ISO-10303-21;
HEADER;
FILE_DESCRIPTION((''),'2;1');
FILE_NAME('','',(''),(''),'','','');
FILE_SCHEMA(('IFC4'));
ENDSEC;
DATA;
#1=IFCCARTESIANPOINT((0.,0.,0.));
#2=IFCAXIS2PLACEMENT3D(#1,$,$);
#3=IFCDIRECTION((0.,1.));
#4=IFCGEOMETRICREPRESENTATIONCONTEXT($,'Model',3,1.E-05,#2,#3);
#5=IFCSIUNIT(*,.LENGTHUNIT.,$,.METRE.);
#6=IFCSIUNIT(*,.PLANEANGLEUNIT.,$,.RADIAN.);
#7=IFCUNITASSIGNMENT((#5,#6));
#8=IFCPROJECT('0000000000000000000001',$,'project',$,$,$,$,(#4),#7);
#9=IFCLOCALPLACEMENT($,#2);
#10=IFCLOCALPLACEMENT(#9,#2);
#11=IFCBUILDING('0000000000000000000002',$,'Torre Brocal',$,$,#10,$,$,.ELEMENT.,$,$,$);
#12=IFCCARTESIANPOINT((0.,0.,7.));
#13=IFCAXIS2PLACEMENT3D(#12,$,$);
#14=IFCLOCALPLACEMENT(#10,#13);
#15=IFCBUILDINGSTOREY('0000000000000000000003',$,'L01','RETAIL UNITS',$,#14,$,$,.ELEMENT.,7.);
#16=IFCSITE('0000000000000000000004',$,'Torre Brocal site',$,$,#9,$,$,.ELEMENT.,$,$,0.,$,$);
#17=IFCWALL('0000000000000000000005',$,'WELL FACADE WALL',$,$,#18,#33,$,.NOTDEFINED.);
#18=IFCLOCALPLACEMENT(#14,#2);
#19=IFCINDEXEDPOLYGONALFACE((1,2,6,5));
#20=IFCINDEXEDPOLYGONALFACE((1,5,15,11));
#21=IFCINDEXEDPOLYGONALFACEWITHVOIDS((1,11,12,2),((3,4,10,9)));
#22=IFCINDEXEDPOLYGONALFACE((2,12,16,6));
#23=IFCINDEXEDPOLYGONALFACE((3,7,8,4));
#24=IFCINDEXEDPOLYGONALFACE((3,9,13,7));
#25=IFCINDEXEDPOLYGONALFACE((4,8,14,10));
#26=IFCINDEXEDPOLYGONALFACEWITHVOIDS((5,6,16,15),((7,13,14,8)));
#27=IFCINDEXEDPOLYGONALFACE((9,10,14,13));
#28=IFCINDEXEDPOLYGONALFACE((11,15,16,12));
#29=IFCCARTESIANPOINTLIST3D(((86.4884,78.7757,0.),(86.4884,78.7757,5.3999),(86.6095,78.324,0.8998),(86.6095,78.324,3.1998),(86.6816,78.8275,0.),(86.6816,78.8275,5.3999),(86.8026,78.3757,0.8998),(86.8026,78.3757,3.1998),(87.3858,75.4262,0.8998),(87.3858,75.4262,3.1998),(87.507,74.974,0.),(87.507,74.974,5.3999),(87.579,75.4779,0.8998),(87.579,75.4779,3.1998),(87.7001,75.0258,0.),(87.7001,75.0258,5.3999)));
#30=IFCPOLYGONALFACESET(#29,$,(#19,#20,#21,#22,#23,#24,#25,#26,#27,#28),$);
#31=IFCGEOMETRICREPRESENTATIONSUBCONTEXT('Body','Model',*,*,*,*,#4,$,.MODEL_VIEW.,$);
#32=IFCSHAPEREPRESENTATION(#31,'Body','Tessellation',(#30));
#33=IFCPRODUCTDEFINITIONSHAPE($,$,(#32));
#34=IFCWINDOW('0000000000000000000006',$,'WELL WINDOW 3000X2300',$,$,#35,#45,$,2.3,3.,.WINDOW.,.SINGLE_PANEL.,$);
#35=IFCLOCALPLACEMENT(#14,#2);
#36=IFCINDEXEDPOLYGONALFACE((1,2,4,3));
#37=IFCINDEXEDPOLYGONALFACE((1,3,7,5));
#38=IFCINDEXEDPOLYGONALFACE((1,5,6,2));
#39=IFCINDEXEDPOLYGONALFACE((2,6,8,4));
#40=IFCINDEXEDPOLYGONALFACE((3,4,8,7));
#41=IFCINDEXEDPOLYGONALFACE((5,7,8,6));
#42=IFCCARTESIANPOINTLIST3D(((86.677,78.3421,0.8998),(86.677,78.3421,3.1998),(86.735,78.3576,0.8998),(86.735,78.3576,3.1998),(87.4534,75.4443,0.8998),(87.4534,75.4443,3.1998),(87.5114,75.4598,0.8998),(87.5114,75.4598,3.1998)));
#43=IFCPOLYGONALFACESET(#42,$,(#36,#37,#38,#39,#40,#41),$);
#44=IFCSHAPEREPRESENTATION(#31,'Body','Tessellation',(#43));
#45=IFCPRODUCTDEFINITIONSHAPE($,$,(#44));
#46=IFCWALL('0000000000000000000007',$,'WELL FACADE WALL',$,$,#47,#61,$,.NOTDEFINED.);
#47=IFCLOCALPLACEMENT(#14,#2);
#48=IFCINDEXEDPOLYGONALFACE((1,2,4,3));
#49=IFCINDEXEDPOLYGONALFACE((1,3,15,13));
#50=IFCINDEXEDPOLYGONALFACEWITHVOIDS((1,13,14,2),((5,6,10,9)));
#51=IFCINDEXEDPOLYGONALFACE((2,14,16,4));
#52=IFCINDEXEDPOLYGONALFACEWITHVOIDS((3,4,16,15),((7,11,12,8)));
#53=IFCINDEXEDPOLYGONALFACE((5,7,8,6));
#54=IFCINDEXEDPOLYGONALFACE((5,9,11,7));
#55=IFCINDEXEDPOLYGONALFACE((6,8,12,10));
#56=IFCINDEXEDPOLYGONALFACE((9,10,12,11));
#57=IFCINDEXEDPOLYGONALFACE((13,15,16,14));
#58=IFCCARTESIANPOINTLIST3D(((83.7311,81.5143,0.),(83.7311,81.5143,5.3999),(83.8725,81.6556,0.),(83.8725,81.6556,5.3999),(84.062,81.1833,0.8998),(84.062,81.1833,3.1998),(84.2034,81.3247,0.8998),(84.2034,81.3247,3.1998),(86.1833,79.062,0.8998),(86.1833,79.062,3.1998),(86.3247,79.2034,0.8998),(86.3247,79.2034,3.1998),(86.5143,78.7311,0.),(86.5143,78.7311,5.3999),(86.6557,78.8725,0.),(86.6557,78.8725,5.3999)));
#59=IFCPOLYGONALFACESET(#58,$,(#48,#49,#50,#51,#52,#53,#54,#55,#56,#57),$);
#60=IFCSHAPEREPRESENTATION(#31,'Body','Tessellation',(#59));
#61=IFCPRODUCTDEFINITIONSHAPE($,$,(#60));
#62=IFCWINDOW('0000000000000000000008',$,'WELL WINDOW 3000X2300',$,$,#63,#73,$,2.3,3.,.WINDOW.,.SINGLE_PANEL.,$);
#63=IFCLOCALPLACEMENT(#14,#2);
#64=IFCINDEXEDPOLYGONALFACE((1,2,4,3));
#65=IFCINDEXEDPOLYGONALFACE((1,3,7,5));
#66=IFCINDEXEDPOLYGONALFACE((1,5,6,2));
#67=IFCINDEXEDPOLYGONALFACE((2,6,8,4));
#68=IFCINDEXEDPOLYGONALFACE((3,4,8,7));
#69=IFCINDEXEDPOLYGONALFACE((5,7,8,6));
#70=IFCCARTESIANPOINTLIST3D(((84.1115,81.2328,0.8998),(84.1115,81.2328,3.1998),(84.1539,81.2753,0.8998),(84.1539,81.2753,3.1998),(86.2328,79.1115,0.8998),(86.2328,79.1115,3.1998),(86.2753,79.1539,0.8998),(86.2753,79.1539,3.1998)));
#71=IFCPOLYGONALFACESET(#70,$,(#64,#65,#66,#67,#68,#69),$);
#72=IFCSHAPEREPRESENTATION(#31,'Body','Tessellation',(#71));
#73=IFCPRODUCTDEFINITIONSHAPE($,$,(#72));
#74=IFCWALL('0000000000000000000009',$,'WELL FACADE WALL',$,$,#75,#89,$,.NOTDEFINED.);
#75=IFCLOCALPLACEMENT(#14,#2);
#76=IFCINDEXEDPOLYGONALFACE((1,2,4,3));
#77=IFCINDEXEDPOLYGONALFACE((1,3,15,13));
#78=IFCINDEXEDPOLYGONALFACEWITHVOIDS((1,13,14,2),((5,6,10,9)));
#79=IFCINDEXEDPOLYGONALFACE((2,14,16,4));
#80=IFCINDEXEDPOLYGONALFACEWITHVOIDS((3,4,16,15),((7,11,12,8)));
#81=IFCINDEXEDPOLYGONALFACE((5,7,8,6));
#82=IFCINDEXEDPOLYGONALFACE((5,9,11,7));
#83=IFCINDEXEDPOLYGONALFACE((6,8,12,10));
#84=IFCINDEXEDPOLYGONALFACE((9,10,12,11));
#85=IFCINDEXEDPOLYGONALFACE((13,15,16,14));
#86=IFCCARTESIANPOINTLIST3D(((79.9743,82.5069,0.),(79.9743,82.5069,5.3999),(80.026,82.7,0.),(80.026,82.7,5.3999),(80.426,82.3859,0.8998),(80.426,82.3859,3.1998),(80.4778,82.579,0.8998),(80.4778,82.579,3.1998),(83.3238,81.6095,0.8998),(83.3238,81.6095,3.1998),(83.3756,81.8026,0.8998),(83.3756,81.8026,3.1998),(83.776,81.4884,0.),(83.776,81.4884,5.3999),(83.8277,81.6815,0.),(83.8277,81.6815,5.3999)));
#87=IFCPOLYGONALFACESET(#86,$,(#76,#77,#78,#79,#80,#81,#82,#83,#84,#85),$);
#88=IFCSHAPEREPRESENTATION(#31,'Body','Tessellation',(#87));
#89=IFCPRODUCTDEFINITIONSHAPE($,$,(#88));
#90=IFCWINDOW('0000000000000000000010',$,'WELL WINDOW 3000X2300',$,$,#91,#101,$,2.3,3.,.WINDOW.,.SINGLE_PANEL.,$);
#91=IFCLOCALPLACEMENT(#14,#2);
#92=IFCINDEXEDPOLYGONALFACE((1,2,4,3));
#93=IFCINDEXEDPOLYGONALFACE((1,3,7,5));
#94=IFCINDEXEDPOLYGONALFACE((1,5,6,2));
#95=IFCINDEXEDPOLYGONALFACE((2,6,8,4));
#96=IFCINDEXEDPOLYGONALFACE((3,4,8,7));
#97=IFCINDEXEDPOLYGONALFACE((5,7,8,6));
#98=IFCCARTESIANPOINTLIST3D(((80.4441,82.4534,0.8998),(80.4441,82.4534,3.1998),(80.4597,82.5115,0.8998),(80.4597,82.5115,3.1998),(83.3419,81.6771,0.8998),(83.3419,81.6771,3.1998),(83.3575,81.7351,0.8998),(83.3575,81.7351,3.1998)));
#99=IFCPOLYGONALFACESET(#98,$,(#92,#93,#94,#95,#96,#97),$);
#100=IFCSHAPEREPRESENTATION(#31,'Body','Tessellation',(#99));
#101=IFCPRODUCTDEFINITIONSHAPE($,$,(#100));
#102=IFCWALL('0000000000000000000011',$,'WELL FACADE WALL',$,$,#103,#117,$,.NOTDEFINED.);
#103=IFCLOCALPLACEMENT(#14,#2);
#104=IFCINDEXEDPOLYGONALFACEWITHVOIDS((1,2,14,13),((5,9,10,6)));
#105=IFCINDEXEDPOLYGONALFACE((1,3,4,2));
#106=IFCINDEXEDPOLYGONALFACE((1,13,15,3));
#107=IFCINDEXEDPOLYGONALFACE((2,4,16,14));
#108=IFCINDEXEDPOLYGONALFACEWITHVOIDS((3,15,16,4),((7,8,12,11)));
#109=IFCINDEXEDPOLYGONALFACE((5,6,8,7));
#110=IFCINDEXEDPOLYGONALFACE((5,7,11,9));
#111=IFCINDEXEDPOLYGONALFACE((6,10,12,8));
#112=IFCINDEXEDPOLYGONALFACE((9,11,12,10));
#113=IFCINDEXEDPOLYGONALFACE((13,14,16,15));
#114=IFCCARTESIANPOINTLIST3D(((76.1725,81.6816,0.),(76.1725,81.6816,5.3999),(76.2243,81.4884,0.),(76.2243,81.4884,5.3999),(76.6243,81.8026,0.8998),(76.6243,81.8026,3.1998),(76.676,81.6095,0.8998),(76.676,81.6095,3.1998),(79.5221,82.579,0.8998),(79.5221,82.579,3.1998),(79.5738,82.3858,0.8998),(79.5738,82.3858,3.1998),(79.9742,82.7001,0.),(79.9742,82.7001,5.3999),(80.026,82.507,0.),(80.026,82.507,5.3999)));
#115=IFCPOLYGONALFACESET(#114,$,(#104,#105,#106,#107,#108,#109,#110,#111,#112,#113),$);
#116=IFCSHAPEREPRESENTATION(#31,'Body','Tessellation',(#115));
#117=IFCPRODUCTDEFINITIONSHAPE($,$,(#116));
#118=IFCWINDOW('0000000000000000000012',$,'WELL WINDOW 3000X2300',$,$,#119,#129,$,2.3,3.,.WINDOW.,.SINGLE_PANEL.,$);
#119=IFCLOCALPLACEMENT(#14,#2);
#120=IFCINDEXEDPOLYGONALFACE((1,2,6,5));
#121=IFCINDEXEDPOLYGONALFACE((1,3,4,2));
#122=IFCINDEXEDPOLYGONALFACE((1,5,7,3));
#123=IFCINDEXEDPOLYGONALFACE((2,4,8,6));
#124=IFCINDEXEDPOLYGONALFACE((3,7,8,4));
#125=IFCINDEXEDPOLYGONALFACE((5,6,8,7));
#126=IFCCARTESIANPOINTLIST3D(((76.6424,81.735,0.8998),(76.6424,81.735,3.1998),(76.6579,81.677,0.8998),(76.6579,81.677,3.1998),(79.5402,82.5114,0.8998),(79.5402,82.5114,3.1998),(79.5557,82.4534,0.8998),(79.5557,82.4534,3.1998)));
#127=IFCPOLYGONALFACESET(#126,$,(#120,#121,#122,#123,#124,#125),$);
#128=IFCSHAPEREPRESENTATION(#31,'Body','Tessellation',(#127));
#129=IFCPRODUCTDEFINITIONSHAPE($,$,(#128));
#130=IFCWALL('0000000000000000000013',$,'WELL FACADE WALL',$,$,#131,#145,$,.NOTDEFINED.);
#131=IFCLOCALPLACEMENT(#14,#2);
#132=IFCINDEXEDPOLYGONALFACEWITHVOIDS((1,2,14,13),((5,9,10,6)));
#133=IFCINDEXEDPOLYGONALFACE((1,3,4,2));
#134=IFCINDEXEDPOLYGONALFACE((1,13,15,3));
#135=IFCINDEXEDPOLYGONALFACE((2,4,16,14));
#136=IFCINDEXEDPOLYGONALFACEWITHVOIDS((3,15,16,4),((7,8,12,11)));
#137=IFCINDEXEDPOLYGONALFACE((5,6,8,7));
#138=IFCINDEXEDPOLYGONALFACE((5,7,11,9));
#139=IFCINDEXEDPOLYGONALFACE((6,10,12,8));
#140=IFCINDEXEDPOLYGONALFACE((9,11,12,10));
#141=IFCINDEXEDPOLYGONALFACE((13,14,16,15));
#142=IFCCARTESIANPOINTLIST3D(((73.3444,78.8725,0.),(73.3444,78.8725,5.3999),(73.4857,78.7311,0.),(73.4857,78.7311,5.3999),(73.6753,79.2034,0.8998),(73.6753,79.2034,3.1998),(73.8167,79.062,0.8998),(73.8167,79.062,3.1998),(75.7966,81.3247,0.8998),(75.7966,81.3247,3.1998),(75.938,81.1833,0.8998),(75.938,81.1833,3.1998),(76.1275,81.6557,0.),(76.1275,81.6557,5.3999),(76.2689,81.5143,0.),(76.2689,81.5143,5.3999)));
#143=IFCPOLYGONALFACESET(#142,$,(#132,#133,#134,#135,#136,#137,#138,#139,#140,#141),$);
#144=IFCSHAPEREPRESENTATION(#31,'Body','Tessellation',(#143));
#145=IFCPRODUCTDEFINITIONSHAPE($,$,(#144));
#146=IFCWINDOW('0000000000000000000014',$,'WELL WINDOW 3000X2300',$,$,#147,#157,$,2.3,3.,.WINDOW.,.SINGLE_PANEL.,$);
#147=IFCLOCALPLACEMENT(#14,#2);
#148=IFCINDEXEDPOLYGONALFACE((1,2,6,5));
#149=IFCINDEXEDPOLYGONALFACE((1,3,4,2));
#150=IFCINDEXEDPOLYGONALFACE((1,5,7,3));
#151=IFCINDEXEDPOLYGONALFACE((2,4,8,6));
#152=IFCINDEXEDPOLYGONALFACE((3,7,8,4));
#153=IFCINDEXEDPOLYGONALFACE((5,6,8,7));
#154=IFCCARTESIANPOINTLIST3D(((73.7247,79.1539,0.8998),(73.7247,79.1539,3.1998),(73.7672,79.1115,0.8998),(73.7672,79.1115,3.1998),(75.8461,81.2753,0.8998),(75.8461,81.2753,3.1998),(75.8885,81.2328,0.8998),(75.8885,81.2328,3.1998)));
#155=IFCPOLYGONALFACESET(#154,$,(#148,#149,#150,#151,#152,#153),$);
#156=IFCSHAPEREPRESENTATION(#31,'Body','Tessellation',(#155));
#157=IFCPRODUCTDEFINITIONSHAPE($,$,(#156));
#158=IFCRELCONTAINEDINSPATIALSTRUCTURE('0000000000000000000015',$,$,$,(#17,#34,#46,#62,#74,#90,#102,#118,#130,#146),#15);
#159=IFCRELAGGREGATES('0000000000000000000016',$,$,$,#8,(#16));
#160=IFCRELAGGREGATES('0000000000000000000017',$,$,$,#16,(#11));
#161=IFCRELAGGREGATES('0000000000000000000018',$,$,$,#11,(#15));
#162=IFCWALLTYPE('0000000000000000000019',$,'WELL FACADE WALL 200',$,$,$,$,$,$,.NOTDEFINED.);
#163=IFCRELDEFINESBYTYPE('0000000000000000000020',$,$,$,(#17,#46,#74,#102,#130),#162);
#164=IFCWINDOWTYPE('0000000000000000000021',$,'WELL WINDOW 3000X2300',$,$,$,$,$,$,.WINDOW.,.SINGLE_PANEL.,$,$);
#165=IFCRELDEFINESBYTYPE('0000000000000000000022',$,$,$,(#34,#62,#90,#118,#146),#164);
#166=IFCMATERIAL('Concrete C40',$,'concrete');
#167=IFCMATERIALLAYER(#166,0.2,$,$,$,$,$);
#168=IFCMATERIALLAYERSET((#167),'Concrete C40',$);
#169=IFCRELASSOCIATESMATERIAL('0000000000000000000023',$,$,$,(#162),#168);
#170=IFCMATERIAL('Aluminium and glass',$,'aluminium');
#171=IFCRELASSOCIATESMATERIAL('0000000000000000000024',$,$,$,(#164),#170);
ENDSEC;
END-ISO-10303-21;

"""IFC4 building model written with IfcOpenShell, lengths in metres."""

from ifc_helpers import new_model, si_unit, direction, frame, frame_2d, origin, place, context, subcontext, project, spatial, rectangle, extrude, material, layer, layer_set, type_object, element, fill, save


model = new_model("IFC4")

# Units and contexts
model_context = context("Model", 3, precision=1e-05, world=origin(), true_north=direction((0.0, 1.0)))
body_context = subcontext(model_context, "Body", "Model", "MODEL_VIEW")
ifc_project = project(units=[si_unit("LENGTHUNIT", "METRE"), si_unit("PLANEANGLEUNIT", "RADIAN")], contexts=[model_context])

# Site, building, storey
site_placement = place(None, origin())
site = spatial("IfcSite", under=ifc_project, at=site_placement, Name="Torre Brocal site", CompositionType="ELEMENT", RefElevation=0.0)
building_placement = place(site_placement, origin())
building = spatial("IfcBuilding", under=site, at=building_placement, Name="Torre Brocal", CompositionType="ELEMENT")
storey_placement = place(building_placement, frame((0.0, 0.0, 7.0)))
storey = spatial("IfcBuildingStorey", under=building, at=storey_placement, Name="L01", Description="RETAIL UNITS", CompositionType="ELEMENT", Elevation=7.0)

# Walls, openings, windows
ifc_material_1 = material(Name="Concrete C40", Category="concrete")
ifc_layer_1 = layer(ifc_material_1, 0.2)
ifc_layer_set_1 = layer_set([ifc_layer_1], Name="Concrete C40")
wall_type_1 = type_object("IfcWallType", Name="WELL FACADE WALL 200", PredefinedType="NOTDEFINED", material=ifc_layer_set_1)
wall_1_placement = place(storey_placement, frame((87.6035, 75.0, 0.0), z_axis=(0.0, 0.0, 1.0), x_axis=(-0.25879, 0.965934, 0.0)))
wall_1 = element("IfcWall", 1, at=wall_1_placement, inside=storey, type_object=wall_type_1, Name="WELL FACADE WALL", PredefinedType="NOTDEFINED", context=body_context, shape_type="SweptSolid", body=[
    extrude(rectangle(XDim=3.9358, YDim=0.2, at=frame_2d((1.9678, 0.0))), origin(), (0.0, 0.0, 1.0), 5.3999),
])
opening_1_placement = place(wall_1_placement, frame((0.468, 0.0, 0.8999)))
opening_1 = element("IfcOpeningElement", 2, at=opening_1_placement, cuts=wall_1, PredefinedType="OPENING", context=body_context, shape_type="SweptSolid", body=[
    extrude(rectangle(XDim=3.0, YDim=2.3, at=frame_2d((1.5, 1.1499))), frame((0.0, 0.1099, 0.0), z_axis=(0.0, -1.0, 0.0), x_axis=(1.0, 0.0, 0.0)), (0.0, 0.0, 1.0), 0.22),
])
ifc_material_2 = material(Name="Aluminium and glass", Category="aluminium")
window_type = type_object("IfcWindowType", Name="WELL WINDOW 3000X2300", PartitioningType="SINGLE_PANEL", PredefinedType="WINDOW", material=ifc_material_2)
window_1_placement = place(opening_1_placement, origin())
window_1 = element("IfcWindow", 3, at=window_1_placement, inside=storey, type_object=window_type, Name="WELL WINDOW 3000X2300", OverallHeight=2.3, OverallWidth=3.0, PartitioningType="SINGLE_PANEL", PredefinedType="WINDOW", context=body_context, shape_type="SweptSolid", body=[
    extrude(rectangle(XDim=3.0, YDim=2.3, at=frame_2d((1.5, 1.1499))), frame((0.0, 0.03, 0.0), z_axis=(0.0, -1.0, 0.0), x_axis=(1.0, 0.0, 0.0)), (0.0, 0.0, 1.0), 0.0601),
])
fill(opening_1, window_1)
wall_2_placement = place(storey_placement, frame((86.585, 78.8018, 0.0), z_axis=(0.0, 0.0, 1.0), x_axis=(-0.707107, 0.707107, 0.0)))
wall_2 = element("IfcWall", 4, at=wall_2_placement, inside=storey, type_object=wall_type_1, Name="WELL FACADE WALL", PredefinedType="NOTDEFINED", context=body_context, shape_type="SweptSolid", body=[
    extrude(rectangle(XDim=3.936, YDim=0.2, at=frame_2d((1.968, 0.0))), origin(), (0.0, 0.0, 1.0), 5.3999),
])
opening_2_placement = place(wall_2_placement, frame((0.468, 0.0, 0.8999)))
opening_2 = element("IfcOpeningElement", 5, at=opening_2_placement, cuts=wall_2, PredefinedType="OPENING", context=body_context, shape_type="SweptSolid", body=[
    extrude(rectangle(XDim=3.0, YDim=2.3, at=frame_2d((1.5, 1.1499))), frame((0.0, 0.1099, 0.0), z_axis=(0.0, -1.0, 0.0), x_axis=(1.0, 0.0, 0.0)), (0.0, 0.0, 1.0), 0.22),
])
window_2_placement = place(opening_2_placement, origin())
window_2 = element("IfcWindow", 6, at=window_2_placement, inside=storey, type_object=window_type, Name="WELL WINDOW 3000X2300", OverallHeight=2.3, OverallWidth=3.0, PartitioningType="SINGLE_PANEL", PredefinedType="WINDOW", context=body_context, shape_type="SweptSolid", body=[
    extrude(rectangle(XDim=3.0, YDim=2.3, at=frame_2d((1.5, 1.1499))), frame((0.0, 0.03, 0.0), z_axis=(0.0, -1.0, 0.0), x_axis=(1.0, 0.0, 0.0)), (0.0, 0.0, 1.0), 0.0601),
])
fill(opening_2, window_2)
wall_3_placement = place(storey_placement, frame((83.8018, 81.585, 0.0), z_axis=(0.0, 0.0, 1.0), x_axis=(-0.965934, 0.25879, 0.0)))
wall_3 = element("IfcWall", 7, at=wall_3_placement, inside=storey, type_object=wall_type_1, Name="WELL FACADE WALL", PredefinedType="NOTDEFINED", context=body_context, shape_type="SweptSolid", body=[
    extrude(rectangle(XDim=3.9358, YDim=0.2, at=frame_2d((1.9678, 0.0))), origin(), (0.0, 0.0, 1.0), 5.3999),
])
opening_3_placement = place(wall_3_placement, frame((0.468, 0.0, 0.8999)))
opening_3 = element("IfcOpeningElement", 8, at=opening_3_placement, cuts=wall_3, PredefinedType="OPENING", context=body_context, shape_type="SweptSolid", body=[
    extrude(rectangle(XDim=3.0, YDim=2.3, at=frame_2d((1.5, 1.1499))), frame((0.0, 0.1099, 0.0), z_axis=(0.0, -1.0, 0.0), x_axis=(1.0, 0.0, 0.0)), (0.0, 0.0, 1.0), 0.22),
])
window_3_placement = place(opening_3_placement, origin())
window_3 = element("IfcWindow", 9, at=window_3_placement, inside=storey, type_object=window_type, Name="WELL WINDOW 3000X2300", OverallHeight=2.3, OverallWidth=3.0, PartitioningType="SINGLE_PANEL", PredefinedType="WINDOW", context=body_context, shape_type="SweptSolid", body=[
    extrude(rectangle(XDim=3.0, YDim=2.3, at=frame_2d((1.5, 1.1499))), frame((0.0, 0.03, 0.0), z_axis=(0.0, -1.0, 0.0), x_axis=(1.0, 0.0, 0.0)), (0.0, 0.0, 1.0), 0.0601),
])
fill(opening_3, window_3)
wall_4_placement = place(storey_placement, frame((80.0, 82.6035, 0.0), z_axis=(0.0, 0.0, 1.0), x_axis=(-0.965934, -0.25879, 0.0)))
wall_4 = element("IfcWall", 10, at=wall_4_placement, inside=storey, type_object=wall_type_1, Name="WELL FACADE WALL", PredefinedType="NOTDEFINED", context=body_context, shape_type="SweptSolid", body=[
    extrude(rectangle(XDim=3.9358, YDim=0.2, at=frame_2d((1.9678, 0.0))), origin(), (0.0, 0.0, 1.0), 5.3999),
])
opening_4_placement = place(wall_4_placement, frame((0.468, 0.0, 0.8999)))
opening_4 = element("IfcOpeningElement", 11, at=opening_4_placement, cuts=wall_4, PredefinedType="OPENING", context=body_context, shape_type="SweptSolid", body=[
    extrude(rectangle(XDim=3.0, YDim=2.3, at=frame_2d((1.5, 1.1499))), frame((0.0, 0.1099, 0.0), z_axis=(0.0, -1.0, 0.0), x_axis=(1.0, 0.0, 0.0)), (0.0, 0.0, 1.0), 0.22),
])
window_4_placement = place(opening_4_placement, origin())
window_4 = element("IfcWindow", 12, at=window_4_placement, inside=storey, type_object=window_type, Name="WELL WINDOW 3000X2300", OverallHeight=2.3, OverallWidth=3.0, PartitioningType="SINGLE_PANEL", PredefinedType="WINDOW", context=body_context, shape_type="SweptSolid", body=[
    extrude(rectangle(XDim=3.0, YDim=2.3, at=frame_2d((1.5, 1.1499))), frame((0.0, 0.03, 0.0), z_axis=(0.0, -1.0, 0.0), x_axis=(1.0, 0.0, 0.0)), (0.0, 0.0, 1.0), 0.0601),
])
fill(opening_4, window_4)
wall_5_placement = place(storey_placement, frame((76.1982, 81.585, 0.0), z_axis=(0.0, 0.0, 1.0), x_axis=(-0.707107, -0.707107, 0.0)))
wall_5 = element("IfcWall", 13, at=wall_5_placement, inside=storey, type_object=wall_type_1, Name="WELL FACADE WALL", PredefinedType="NOTDEFINED", context=body_context, shape_type="SweptSolid", body=[
    extrude(rectangle(XDim=3.936, YDim=0.2, at=frame_2d((1.968, 0.0))), origin(), (0.0, 0.0, 1.0), 5.3999),
])
opening_5_placement = place(wall_5_placement, frame((0.468, 0.0, 0.8999)))
opening_5 = element("IfcOpeningElement", 14, at=opening_5_placement, cuts=wall_5, PredefinedType="OPENING", context=body_context, shape_type="SweptSolid", body=[
    extrude(rectangle(XDim=3.0, YDim=2.3, at=frame_2d((1.5, 1.1499))), frame((0.0, 0.1099, 0.0), z_axis=(0.0, -1.0, 0.0), x_axis=(1.0, 0.0, 0.0)), (0.0, 0.0, 1.0), 0.22),
])
window_5_placement = place(opening_5_placement, origin())
window_5 = element("IfcWindow", 15, at=window_5_placement, inside=storey, type_object=window_type, Name="WELL WINDOW 3000X2300", OverallHeight=2.3, OverallWidth=3.0, PartitioningType="SINGLE_PANEL", PredefinedType="WINDOW", context=body_context, shape_type="SweptSolid", body=[
    extrude(rectangle(XDim=3.0, YDim=2.3, at=frame_2d((1.5, 1.1499))), frame((0.0, 0.03, 0.0), z_axis=(0.0, -1.0, 0.0), x_axis=(1.0, 0.0, 0.0)), (0.0, 0.0, 1.0), 0.0601),
])
fill(opening_5, window_5)

save(model, "model.ifc")
